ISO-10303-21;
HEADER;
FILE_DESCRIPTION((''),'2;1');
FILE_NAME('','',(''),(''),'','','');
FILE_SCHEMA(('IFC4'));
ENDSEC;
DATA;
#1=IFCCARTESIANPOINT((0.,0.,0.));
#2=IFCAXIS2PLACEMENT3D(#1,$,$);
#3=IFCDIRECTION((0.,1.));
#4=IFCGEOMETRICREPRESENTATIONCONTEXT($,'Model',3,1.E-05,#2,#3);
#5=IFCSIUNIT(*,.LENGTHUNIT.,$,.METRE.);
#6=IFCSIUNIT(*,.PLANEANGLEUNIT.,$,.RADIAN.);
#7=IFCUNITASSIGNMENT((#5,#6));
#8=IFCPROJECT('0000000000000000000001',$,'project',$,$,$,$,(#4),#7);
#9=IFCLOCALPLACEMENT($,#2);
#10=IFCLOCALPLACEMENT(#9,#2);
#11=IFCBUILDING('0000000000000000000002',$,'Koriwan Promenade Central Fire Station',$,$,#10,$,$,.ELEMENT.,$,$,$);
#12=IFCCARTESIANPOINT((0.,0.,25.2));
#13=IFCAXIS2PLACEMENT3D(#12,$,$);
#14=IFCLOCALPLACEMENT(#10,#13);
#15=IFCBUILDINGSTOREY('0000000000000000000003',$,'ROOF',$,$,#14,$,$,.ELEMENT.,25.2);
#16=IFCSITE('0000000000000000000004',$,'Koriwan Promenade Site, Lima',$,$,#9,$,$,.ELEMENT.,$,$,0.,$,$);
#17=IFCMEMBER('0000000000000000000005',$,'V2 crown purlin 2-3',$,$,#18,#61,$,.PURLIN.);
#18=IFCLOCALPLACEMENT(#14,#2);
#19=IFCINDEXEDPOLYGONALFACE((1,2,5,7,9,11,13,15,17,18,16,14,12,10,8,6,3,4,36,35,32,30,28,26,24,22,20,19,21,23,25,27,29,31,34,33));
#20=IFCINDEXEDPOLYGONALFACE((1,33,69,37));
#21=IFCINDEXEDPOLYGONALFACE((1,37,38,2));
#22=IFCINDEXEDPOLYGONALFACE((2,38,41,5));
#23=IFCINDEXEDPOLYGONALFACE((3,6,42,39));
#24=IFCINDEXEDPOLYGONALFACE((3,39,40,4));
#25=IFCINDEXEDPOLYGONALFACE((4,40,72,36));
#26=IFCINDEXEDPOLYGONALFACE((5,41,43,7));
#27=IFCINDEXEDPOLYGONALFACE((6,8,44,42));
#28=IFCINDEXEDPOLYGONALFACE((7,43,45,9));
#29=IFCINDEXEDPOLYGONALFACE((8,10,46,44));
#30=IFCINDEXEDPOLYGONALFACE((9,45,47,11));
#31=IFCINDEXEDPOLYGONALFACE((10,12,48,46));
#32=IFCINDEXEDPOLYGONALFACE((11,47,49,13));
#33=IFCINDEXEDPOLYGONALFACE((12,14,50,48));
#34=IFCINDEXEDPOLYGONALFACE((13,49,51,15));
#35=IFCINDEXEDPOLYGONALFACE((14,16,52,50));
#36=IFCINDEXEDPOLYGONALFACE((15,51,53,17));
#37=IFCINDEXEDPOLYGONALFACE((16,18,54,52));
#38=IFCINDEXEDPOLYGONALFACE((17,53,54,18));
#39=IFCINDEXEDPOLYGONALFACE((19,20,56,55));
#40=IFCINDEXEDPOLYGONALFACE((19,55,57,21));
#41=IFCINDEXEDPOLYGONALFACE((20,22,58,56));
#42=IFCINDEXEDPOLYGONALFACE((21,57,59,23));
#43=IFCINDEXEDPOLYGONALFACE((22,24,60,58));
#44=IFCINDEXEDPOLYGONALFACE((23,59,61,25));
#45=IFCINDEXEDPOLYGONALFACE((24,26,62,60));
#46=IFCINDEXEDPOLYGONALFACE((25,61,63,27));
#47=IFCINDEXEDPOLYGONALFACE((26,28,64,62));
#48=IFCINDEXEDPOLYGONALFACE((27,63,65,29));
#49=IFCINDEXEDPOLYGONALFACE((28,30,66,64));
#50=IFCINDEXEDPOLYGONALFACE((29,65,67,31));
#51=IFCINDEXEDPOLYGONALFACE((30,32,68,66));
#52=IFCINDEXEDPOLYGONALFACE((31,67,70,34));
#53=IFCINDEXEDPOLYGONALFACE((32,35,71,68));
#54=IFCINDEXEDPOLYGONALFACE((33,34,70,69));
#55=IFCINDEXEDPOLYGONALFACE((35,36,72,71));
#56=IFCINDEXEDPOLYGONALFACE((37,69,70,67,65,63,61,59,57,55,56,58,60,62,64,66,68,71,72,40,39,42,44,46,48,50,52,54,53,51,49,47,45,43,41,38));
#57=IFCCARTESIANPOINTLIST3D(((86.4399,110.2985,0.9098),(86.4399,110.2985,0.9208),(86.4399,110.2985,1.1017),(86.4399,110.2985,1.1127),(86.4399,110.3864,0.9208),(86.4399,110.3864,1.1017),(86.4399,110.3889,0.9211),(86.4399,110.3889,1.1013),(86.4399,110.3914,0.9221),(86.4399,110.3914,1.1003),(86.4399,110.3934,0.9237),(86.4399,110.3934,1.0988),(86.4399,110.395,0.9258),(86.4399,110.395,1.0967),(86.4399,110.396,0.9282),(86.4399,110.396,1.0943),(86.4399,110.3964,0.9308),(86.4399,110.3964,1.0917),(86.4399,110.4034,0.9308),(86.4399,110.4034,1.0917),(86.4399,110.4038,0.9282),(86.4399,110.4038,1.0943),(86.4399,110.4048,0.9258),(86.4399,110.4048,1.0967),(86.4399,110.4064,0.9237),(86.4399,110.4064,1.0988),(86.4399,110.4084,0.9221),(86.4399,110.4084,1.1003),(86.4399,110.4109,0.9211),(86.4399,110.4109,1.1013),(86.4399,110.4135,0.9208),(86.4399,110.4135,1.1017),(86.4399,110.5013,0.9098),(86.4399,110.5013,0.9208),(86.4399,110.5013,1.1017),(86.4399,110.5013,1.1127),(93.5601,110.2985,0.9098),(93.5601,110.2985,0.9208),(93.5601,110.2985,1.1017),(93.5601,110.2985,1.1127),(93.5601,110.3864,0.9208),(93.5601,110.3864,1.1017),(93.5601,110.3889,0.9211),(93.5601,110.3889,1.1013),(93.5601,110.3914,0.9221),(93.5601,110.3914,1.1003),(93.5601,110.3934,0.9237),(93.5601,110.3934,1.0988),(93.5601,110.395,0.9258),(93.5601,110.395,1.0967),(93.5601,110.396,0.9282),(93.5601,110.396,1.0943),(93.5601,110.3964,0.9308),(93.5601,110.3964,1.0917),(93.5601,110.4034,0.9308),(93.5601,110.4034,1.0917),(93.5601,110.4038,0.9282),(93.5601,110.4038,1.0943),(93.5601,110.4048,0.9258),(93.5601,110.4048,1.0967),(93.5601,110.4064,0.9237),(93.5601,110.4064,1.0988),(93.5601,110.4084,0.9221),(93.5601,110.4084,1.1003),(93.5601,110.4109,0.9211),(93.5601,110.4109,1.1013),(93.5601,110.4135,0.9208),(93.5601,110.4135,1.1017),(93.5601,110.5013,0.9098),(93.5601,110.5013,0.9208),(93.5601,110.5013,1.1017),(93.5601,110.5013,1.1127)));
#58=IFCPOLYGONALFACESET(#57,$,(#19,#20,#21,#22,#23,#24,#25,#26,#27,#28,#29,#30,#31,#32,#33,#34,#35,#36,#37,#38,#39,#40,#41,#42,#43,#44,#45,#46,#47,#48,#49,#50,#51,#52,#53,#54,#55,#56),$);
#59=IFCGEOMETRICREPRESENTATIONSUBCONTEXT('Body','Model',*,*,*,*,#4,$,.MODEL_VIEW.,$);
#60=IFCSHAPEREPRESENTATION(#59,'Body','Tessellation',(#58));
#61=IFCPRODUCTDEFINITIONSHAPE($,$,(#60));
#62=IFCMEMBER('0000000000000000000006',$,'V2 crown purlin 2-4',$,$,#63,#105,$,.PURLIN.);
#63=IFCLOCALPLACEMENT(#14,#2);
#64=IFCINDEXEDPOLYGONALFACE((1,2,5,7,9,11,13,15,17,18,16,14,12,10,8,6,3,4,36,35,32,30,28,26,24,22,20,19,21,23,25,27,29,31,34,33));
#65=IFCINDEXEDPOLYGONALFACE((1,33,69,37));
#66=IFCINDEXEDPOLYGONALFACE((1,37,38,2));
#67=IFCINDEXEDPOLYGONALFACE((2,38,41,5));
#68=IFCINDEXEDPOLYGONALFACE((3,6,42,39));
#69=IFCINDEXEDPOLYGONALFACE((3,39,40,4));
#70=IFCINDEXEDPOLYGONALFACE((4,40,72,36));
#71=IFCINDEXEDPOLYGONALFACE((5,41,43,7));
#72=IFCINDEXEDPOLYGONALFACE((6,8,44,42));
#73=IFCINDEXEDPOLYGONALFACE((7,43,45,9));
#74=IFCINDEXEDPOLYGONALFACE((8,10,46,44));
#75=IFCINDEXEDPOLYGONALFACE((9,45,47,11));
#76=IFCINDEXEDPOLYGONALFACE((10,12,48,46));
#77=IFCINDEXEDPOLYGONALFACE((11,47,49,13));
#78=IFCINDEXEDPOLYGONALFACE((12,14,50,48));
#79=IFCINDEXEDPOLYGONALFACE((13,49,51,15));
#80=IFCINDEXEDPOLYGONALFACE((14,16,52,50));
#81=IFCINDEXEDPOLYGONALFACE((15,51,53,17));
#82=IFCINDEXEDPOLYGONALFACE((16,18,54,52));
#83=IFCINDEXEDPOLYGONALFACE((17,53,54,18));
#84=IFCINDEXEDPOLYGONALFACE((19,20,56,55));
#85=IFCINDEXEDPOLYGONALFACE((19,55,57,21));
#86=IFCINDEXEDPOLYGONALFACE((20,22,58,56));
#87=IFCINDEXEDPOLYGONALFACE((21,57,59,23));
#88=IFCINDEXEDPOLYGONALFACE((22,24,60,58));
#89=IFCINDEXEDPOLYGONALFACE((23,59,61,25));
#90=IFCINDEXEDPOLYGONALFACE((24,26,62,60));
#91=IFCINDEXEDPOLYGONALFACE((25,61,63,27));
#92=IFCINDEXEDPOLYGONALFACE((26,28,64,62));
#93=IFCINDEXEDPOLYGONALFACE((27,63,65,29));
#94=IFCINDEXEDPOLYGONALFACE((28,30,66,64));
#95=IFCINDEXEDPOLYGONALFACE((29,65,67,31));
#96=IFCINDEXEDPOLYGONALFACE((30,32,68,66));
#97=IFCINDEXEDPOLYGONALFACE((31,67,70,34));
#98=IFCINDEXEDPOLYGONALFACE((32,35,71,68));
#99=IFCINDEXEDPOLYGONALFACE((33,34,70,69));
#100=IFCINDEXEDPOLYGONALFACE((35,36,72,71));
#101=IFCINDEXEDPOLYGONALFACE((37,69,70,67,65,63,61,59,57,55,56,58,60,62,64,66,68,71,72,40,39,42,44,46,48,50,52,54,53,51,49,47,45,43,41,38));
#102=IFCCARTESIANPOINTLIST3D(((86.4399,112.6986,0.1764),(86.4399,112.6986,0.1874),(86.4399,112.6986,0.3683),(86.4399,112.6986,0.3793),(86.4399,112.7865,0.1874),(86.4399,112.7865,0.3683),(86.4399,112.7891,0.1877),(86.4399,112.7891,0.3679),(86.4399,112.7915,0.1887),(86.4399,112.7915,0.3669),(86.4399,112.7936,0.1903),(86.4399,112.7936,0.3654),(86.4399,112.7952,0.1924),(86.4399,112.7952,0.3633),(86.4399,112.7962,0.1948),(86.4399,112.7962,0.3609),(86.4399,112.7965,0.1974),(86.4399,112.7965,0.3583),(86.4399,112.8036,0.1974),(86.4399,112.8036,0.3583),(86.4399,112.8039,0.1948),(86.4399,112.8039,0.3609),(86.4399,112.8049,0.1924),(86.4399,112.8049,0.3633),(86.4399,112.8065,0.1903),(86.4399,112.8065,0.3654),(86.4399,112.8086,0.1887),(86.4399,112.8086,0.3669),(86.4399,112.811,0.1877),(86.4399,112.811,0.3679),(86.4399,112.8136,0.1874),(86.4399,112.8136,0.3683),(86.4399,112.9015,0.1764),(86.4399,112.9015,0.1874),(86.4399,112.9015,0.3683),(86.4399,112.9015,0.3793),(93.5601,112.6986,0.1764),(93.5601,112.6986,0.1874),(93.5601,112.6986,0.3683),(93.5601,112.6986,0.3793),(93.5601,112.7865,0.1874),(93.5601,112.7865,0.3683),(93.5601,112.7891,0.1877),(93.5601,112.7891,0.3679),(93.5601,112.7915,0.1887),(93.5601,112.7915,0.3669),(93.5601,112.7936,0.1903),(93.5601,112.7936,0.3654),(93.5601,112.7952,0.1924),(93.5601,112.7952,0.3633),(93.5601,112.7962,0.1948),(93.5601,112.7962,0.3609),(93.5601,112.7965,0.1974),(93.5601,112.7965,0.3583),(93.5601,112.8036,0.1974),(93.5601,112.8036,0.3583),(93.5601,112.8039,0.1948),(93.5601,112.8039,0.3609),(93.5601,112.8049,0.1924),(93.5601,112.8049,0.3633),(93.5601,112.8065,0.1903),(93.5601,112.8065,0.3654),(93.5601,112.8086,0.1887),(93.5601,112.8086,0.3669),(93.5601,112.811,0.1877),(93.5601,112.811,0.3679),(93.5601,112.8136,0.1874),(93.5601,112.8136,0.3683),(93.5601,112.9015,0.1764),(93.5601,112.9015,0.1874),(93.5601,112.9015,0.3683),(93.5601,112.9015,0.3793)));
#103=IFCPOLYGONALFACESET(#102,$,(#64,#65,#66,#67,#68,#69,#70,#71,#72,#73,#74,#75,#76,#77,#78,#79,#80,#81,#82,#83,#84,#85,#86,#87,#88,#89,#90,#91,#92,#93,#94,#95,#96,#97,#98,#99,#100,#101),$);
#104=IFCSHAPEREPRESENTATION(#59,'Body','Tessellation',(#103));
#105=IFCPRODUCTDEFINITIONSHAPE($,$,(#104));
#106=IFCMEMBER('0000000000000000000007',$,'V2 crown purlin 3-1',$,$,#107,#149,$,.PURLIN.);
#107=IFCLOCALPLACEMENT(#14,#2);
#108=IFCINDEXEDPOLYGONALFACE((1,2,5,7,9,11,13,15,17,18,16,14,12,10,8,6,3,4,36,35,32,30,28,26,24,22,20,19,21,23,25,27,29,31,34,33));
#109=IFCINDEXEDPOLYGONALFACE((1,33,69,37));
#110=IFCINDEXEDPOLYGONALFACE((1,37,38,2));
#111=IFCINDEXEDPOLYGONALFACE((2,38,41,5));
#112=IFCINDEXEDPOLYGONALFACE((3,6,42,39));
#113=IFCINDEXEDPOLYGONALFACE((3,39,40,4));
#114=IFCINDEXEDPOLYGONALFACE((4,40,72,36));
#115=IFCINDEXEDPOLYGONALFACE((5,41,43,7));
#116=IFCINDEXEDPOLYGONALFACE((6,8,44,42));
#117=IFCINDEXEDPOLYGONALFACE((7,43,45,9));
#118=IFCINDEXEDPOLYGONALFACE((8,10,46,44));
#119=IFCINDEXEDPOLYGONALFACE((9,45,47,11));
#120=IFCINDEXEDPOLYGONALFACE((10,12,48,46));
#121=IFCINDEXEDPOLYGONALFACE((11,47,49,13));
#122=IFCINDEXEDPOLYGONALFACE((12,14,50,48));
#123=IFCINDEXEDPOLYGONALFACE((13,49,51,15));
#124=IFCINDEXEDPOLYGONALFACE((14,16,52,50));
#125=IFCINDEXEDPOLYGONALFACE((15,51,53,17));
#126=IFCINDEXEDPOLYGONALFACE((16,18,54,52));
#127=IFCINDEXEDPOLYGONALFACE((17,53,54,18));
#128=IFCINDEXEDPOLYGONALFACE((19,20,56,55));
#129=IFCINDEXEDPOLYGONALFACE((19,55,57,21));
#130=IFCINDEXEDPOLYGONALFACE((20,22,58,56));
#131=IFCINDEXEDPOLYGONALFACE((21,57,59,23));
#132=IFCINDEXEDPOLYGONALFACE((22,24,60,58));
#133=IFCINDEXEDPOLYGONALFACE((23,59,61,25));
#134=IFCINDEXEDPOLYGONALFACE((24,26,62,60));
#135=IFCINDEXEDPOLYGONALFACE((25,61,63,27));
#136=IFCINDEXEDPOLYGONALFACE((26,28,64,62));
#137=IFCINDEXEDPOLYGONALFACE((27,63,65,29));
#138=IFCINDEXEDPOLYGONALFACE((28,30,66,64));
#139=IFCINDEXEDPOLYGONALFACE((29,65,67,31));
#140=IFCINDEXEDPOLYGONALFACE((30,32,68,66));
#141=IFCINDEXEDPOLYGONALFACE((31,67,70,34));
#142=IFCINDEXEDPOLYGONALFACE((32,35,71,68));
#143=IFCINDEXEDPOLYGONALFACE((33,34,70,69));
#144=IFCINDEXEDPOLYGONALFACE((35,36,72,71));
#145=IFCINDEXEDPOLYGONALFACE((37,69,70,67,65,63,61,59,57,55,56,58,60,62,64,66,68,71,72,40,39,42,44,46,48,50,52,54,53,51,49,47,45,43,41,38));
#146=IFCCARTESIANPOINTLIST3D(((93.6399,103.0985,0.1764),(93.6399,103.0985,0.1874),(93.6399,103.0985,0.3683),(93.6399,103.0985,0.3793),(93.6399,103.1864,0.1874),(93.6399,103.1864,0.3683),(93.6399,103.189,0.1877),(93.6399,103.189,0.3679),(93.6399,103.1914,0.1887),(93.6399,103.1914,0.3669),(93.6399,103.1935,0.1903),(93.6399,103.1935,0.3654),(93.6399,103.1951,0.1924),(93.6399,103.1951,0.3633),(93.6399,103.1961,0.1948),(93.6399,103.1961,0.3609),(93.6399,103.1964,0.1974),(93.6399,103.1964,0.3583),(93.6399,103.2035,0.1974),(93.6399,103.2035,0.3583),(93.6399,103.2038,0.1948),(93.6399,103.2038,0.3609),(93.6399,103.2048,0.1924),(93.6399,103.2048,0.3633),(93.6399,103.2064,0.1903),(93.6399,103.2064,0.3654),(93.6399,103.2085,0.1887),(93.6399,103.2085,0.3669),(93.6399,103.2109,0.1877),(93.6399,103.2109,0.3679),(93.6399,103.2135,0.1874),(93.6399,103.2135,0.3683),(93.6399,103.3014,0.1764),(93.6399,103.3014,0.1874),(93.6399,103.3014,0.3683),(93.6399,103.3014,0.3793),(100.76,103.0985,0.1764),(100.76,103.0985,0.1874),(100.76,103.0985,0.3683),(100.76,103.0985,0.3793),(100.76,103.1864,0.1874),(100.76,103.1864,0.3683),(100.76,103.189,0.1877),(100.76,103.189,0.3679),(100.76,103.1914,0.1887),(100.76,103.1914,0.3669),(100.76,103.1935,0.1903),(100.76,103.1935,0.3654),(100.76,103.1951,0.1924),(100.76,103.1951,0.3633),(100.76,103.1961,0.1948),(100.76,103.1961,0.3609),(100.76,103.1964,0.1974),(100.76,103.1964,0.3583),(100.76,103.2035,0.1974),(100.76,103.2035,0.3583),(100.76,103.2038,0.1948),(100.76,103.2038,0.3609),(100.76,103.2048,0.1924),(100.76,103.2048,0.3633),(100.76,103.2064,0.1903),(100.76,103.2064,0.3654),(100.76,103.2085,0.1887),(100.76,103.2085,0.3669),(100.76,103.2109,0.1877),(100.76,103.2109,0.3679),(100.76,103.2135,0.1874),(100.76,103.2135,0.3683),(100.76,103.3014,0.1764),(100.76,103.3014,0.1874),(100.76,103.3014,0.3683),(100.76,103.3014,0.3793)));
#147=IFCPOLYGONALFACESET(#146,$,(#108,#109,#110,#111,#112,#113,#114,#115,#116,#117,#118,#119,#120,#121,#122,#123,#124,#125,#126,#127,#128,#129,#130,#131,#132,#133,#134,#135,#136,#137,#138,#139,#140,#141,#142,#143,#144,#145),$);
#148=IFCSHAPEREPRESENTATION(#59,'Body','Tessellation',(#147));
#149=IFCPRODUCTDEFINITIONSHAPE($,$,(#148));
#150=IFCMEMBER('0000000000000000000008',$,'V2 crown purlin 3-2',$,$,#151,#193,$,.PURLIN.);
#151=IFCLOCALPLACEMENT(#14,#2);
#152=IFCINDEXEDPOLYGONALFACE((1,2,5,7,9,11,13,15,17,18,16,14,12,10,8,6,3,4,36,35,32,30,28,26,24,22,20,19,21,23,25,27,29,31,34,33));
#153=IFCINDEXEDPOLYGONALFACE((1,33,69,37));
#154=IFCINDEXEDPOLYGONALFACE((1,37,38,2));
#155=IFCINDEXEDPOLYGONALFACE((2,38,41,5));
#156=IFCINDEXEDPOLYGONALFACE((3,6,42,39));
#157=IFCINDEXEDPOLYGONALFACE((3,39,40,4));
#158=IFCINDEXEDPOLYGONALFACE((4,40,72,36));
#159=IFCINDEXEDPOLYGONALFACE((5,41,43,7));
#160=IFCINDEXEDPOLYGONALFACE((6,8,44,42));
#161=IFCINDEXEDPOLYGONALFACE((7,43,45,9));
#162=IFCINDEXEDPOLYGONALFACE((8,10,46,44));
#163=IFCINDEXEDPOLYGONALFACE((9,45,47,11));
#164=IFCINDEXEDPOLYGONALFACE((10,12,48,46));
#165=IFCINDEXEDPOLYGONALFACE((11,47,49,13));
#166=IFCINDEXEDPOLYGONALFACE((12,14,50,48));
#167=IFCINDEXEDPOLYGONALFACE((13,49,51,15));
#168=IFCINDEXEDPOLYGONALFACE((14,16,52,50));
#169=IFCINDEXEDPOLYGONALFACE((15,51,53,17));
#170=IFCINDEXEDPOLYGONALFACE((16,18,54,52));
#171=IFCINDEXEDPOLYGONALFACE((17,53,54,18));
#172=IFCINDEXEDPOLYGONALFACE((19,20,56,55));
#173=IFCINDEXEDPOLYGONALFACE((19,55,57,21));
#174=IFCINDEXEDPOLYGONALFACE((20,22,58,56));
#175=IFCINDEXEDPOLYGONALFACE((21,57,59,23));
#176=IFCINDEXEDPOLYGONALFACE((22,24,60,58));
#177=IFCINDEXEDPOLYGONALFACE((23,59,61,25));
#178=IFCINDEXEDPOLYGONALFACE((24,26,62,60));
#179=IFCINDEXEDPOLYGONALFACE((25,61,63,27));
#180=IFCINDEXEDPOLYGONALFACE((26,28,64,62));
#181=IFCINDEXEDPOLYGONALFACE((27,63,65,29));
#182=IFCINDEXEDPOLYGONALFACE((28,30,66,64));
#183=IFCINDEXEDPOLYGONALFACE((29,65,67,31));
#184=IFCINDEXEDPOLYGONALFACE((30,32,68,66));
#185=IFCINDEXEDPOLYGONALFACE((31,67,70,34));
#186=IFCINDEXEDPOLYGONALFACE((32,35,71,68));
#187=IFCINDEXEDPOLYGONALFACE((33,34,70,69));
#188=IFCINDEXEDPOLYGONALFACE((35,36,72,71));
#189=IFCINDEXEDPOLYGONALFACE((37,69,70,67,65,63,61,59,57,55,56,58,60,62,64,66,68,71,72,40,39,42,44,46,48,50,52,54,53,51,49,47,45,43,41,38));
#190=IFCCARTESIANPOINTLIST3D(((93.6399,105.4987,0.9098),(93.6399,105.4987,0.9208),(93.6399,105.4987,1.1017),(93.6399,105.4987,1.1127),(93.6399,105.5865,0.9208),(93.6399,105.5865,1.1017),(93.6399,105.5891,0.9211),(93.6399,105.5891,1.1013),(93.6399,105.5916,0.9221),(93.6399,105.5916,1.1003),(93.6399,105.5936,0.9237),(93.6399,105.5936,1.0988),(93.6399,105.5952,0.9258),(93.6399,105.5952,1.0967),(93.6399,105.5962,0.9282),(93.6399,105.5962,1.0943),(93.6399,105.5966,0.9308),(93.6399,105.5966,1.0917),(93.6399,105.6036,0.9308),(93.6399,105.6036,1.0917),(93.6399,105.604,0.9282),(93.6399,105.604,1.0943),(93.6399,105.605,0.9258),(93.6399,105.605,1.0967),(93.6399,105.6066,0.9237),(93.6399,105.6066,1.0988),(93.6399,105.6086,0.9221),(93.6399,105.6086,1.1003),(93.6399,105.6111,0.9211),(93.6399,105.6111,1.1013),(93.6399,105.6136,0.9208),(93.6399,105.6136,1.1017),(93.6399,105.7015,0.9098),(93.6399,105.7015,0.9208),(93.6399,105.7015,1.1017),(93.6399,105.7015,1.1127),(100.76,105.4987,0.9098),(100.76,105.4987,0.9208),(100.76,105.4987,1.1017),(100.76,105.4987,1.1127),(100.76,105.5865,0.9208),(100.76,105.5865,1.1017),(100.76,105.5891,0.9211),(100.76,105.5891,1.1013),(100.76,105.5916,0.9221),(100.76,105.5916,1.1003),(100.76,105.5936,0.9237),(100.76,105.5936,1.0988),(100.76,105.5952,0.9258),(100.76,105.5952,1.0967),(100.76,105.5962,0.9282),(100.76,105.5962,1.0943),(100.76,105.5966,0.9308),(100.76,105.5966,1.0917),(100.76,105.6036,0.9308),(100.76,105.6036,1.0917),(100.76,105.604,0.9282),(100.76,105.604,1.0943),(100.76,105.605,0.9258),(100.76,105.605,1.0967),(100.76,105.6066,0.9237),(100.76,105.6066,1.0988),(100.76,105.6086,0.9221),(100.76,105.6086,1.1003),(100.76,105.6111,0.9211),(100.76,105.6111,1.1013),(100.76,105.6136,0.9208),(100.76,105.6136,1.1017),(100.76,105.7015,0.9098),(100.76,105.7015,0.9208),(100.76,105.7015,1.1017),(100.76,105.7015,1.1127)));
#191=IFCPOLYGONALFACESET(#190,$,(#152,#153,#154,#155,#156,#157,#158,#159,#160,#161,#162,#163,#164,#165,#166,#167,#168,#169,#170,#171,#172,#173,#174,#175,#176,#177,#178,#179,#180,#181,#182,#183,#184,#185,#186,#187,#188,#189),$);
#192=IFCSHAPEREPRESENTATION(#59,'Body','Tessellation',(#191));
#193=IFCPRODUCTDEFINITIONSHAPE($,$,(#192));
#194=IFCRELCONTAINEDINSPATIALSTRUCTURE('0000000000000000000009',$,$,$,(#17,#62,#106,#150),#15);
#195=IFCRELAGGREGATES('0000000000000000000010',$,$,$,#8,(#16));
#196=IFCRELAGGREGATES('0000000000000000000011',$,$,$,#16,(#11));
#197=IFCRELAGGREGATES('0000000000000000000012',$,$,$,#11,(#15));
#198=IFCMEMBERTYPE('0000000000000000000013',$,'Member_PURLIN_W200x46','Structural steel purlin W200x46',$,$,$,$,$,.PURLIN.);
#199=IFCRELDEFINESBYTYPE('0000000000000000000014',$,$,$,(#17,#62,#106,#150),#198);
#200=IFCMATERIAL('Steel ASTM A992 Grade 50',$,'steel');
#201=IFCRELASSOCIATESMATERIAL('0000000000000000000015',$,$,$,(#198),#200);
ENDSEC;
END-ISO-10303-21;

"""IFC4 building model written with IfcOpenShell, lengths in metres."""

from ifc_helpers import new_model, si_unit, direction, frame, origin, origin_2d, place, context, subcontext, project, spatial, i_section, extrude, material, material_profile, profile_set, type_object, element, save


model = new_model("IFC4")

# Units and contexts
model_context = context("Model", 3, precision=1e-05, world=origin(), true_north=direction((0.0, 1.0)))
body_context = subcontext(model_context, "Body", "Model", "MODEL_VIEW")
ifc_project = project(units=[si_unit("LENGTHUNIT", "METRE"), si_unit("PLANEANGLEUNIT", "RADIAN")], contexts=[model_context])

# Site, building, storey
site_placement = place(None, origin())
site = spatial("IfcSite", under=ifc_project, at=site_placement, Name="Koriwan Promenade Site, Lima", CompositionType="ELEMENT", RefElevation=0.0)
building_placement = place(site_placement, origin())
building = spatial("IfcBuilding", under=site, at=building_placement, Name="Koriwan Promenade Central Fire Station", CompositionType="ELEMENT")
storey_placement = place(building_placement, frame((0.0, 0.0, 25.2)))
storey = spatial("IfcBuildingStorey", under=building, at=storey_placement, Name="ROOF", CompositionType="ELEMENT", Elevation=25.2)

# Members
ifc_material_1 = material(Name="Steel ASTM A992 Grade 50", Category="steel")
ifc_material_profile_1 = material_profile(ifc_material_1, i_section(OverallWidth=0.2029, OverallDepth=0.2029, WebThickness=0.0071, FlangeThickness=0.011, FilletRadius=0.01, at=origin_2d()), Name="W200x46")
ifc_profile_set_1 = profile_set([ifc_material_profile_1], Name="Steel ASTM A992 Grade 50")
member_type_1 = type_object("IfcMemberType", Name="Member_PURLIN_W200x46", Description="Structural steel purlin W200x46", PredefinedType="PURLIN", material=ifc_profile_set_1)
for number, where, z_axis, x_axis, name in (
    (1, (86.4399, 110.3999, 1.0112), (1.0, 0.0, 0.0), (0.0, 1.0, 0.0), "V2 crown purlin 2-3"),
    (2, (86.4399, 112.8, 0.2778), (1.0, 0.0, 0.0), (0.0, 1.0, 0.0), "V2 crown purlin 2-4"),
    (3, (93.6399, 103.2, 0.2778), (1.0, 0.0, 0.0), (0.0, 1.0, 0.0), "V2 crown purlin 3-1"),
    (4, (93.6399, 105.6001, 1.0112), (1.0, 0.0, 0.0), (0.0, 1.0, 0.0), "V2 crown purlin 3-2"),
):
    element("IfcMember", number, at=place(storey_placement, frame(where, z_axis=z_axis, x_axis=x_axis)), inside=storey, type_object=member_type_1, Name=name, PredefinedType="PURLIN", context=body_context, shape_type="SweptSolid", body=[
        extrude(i_section(OverallWidth=0.2029, OverallDepth=0.2029, WebThickness=0.0071, FlangeThickness=0.011, FilletRadius=0.01, at=origin_2d()), origin(), (0.0, 0.0, 1.0), 7.1201),
    ])

save(model, "model.ifc")
